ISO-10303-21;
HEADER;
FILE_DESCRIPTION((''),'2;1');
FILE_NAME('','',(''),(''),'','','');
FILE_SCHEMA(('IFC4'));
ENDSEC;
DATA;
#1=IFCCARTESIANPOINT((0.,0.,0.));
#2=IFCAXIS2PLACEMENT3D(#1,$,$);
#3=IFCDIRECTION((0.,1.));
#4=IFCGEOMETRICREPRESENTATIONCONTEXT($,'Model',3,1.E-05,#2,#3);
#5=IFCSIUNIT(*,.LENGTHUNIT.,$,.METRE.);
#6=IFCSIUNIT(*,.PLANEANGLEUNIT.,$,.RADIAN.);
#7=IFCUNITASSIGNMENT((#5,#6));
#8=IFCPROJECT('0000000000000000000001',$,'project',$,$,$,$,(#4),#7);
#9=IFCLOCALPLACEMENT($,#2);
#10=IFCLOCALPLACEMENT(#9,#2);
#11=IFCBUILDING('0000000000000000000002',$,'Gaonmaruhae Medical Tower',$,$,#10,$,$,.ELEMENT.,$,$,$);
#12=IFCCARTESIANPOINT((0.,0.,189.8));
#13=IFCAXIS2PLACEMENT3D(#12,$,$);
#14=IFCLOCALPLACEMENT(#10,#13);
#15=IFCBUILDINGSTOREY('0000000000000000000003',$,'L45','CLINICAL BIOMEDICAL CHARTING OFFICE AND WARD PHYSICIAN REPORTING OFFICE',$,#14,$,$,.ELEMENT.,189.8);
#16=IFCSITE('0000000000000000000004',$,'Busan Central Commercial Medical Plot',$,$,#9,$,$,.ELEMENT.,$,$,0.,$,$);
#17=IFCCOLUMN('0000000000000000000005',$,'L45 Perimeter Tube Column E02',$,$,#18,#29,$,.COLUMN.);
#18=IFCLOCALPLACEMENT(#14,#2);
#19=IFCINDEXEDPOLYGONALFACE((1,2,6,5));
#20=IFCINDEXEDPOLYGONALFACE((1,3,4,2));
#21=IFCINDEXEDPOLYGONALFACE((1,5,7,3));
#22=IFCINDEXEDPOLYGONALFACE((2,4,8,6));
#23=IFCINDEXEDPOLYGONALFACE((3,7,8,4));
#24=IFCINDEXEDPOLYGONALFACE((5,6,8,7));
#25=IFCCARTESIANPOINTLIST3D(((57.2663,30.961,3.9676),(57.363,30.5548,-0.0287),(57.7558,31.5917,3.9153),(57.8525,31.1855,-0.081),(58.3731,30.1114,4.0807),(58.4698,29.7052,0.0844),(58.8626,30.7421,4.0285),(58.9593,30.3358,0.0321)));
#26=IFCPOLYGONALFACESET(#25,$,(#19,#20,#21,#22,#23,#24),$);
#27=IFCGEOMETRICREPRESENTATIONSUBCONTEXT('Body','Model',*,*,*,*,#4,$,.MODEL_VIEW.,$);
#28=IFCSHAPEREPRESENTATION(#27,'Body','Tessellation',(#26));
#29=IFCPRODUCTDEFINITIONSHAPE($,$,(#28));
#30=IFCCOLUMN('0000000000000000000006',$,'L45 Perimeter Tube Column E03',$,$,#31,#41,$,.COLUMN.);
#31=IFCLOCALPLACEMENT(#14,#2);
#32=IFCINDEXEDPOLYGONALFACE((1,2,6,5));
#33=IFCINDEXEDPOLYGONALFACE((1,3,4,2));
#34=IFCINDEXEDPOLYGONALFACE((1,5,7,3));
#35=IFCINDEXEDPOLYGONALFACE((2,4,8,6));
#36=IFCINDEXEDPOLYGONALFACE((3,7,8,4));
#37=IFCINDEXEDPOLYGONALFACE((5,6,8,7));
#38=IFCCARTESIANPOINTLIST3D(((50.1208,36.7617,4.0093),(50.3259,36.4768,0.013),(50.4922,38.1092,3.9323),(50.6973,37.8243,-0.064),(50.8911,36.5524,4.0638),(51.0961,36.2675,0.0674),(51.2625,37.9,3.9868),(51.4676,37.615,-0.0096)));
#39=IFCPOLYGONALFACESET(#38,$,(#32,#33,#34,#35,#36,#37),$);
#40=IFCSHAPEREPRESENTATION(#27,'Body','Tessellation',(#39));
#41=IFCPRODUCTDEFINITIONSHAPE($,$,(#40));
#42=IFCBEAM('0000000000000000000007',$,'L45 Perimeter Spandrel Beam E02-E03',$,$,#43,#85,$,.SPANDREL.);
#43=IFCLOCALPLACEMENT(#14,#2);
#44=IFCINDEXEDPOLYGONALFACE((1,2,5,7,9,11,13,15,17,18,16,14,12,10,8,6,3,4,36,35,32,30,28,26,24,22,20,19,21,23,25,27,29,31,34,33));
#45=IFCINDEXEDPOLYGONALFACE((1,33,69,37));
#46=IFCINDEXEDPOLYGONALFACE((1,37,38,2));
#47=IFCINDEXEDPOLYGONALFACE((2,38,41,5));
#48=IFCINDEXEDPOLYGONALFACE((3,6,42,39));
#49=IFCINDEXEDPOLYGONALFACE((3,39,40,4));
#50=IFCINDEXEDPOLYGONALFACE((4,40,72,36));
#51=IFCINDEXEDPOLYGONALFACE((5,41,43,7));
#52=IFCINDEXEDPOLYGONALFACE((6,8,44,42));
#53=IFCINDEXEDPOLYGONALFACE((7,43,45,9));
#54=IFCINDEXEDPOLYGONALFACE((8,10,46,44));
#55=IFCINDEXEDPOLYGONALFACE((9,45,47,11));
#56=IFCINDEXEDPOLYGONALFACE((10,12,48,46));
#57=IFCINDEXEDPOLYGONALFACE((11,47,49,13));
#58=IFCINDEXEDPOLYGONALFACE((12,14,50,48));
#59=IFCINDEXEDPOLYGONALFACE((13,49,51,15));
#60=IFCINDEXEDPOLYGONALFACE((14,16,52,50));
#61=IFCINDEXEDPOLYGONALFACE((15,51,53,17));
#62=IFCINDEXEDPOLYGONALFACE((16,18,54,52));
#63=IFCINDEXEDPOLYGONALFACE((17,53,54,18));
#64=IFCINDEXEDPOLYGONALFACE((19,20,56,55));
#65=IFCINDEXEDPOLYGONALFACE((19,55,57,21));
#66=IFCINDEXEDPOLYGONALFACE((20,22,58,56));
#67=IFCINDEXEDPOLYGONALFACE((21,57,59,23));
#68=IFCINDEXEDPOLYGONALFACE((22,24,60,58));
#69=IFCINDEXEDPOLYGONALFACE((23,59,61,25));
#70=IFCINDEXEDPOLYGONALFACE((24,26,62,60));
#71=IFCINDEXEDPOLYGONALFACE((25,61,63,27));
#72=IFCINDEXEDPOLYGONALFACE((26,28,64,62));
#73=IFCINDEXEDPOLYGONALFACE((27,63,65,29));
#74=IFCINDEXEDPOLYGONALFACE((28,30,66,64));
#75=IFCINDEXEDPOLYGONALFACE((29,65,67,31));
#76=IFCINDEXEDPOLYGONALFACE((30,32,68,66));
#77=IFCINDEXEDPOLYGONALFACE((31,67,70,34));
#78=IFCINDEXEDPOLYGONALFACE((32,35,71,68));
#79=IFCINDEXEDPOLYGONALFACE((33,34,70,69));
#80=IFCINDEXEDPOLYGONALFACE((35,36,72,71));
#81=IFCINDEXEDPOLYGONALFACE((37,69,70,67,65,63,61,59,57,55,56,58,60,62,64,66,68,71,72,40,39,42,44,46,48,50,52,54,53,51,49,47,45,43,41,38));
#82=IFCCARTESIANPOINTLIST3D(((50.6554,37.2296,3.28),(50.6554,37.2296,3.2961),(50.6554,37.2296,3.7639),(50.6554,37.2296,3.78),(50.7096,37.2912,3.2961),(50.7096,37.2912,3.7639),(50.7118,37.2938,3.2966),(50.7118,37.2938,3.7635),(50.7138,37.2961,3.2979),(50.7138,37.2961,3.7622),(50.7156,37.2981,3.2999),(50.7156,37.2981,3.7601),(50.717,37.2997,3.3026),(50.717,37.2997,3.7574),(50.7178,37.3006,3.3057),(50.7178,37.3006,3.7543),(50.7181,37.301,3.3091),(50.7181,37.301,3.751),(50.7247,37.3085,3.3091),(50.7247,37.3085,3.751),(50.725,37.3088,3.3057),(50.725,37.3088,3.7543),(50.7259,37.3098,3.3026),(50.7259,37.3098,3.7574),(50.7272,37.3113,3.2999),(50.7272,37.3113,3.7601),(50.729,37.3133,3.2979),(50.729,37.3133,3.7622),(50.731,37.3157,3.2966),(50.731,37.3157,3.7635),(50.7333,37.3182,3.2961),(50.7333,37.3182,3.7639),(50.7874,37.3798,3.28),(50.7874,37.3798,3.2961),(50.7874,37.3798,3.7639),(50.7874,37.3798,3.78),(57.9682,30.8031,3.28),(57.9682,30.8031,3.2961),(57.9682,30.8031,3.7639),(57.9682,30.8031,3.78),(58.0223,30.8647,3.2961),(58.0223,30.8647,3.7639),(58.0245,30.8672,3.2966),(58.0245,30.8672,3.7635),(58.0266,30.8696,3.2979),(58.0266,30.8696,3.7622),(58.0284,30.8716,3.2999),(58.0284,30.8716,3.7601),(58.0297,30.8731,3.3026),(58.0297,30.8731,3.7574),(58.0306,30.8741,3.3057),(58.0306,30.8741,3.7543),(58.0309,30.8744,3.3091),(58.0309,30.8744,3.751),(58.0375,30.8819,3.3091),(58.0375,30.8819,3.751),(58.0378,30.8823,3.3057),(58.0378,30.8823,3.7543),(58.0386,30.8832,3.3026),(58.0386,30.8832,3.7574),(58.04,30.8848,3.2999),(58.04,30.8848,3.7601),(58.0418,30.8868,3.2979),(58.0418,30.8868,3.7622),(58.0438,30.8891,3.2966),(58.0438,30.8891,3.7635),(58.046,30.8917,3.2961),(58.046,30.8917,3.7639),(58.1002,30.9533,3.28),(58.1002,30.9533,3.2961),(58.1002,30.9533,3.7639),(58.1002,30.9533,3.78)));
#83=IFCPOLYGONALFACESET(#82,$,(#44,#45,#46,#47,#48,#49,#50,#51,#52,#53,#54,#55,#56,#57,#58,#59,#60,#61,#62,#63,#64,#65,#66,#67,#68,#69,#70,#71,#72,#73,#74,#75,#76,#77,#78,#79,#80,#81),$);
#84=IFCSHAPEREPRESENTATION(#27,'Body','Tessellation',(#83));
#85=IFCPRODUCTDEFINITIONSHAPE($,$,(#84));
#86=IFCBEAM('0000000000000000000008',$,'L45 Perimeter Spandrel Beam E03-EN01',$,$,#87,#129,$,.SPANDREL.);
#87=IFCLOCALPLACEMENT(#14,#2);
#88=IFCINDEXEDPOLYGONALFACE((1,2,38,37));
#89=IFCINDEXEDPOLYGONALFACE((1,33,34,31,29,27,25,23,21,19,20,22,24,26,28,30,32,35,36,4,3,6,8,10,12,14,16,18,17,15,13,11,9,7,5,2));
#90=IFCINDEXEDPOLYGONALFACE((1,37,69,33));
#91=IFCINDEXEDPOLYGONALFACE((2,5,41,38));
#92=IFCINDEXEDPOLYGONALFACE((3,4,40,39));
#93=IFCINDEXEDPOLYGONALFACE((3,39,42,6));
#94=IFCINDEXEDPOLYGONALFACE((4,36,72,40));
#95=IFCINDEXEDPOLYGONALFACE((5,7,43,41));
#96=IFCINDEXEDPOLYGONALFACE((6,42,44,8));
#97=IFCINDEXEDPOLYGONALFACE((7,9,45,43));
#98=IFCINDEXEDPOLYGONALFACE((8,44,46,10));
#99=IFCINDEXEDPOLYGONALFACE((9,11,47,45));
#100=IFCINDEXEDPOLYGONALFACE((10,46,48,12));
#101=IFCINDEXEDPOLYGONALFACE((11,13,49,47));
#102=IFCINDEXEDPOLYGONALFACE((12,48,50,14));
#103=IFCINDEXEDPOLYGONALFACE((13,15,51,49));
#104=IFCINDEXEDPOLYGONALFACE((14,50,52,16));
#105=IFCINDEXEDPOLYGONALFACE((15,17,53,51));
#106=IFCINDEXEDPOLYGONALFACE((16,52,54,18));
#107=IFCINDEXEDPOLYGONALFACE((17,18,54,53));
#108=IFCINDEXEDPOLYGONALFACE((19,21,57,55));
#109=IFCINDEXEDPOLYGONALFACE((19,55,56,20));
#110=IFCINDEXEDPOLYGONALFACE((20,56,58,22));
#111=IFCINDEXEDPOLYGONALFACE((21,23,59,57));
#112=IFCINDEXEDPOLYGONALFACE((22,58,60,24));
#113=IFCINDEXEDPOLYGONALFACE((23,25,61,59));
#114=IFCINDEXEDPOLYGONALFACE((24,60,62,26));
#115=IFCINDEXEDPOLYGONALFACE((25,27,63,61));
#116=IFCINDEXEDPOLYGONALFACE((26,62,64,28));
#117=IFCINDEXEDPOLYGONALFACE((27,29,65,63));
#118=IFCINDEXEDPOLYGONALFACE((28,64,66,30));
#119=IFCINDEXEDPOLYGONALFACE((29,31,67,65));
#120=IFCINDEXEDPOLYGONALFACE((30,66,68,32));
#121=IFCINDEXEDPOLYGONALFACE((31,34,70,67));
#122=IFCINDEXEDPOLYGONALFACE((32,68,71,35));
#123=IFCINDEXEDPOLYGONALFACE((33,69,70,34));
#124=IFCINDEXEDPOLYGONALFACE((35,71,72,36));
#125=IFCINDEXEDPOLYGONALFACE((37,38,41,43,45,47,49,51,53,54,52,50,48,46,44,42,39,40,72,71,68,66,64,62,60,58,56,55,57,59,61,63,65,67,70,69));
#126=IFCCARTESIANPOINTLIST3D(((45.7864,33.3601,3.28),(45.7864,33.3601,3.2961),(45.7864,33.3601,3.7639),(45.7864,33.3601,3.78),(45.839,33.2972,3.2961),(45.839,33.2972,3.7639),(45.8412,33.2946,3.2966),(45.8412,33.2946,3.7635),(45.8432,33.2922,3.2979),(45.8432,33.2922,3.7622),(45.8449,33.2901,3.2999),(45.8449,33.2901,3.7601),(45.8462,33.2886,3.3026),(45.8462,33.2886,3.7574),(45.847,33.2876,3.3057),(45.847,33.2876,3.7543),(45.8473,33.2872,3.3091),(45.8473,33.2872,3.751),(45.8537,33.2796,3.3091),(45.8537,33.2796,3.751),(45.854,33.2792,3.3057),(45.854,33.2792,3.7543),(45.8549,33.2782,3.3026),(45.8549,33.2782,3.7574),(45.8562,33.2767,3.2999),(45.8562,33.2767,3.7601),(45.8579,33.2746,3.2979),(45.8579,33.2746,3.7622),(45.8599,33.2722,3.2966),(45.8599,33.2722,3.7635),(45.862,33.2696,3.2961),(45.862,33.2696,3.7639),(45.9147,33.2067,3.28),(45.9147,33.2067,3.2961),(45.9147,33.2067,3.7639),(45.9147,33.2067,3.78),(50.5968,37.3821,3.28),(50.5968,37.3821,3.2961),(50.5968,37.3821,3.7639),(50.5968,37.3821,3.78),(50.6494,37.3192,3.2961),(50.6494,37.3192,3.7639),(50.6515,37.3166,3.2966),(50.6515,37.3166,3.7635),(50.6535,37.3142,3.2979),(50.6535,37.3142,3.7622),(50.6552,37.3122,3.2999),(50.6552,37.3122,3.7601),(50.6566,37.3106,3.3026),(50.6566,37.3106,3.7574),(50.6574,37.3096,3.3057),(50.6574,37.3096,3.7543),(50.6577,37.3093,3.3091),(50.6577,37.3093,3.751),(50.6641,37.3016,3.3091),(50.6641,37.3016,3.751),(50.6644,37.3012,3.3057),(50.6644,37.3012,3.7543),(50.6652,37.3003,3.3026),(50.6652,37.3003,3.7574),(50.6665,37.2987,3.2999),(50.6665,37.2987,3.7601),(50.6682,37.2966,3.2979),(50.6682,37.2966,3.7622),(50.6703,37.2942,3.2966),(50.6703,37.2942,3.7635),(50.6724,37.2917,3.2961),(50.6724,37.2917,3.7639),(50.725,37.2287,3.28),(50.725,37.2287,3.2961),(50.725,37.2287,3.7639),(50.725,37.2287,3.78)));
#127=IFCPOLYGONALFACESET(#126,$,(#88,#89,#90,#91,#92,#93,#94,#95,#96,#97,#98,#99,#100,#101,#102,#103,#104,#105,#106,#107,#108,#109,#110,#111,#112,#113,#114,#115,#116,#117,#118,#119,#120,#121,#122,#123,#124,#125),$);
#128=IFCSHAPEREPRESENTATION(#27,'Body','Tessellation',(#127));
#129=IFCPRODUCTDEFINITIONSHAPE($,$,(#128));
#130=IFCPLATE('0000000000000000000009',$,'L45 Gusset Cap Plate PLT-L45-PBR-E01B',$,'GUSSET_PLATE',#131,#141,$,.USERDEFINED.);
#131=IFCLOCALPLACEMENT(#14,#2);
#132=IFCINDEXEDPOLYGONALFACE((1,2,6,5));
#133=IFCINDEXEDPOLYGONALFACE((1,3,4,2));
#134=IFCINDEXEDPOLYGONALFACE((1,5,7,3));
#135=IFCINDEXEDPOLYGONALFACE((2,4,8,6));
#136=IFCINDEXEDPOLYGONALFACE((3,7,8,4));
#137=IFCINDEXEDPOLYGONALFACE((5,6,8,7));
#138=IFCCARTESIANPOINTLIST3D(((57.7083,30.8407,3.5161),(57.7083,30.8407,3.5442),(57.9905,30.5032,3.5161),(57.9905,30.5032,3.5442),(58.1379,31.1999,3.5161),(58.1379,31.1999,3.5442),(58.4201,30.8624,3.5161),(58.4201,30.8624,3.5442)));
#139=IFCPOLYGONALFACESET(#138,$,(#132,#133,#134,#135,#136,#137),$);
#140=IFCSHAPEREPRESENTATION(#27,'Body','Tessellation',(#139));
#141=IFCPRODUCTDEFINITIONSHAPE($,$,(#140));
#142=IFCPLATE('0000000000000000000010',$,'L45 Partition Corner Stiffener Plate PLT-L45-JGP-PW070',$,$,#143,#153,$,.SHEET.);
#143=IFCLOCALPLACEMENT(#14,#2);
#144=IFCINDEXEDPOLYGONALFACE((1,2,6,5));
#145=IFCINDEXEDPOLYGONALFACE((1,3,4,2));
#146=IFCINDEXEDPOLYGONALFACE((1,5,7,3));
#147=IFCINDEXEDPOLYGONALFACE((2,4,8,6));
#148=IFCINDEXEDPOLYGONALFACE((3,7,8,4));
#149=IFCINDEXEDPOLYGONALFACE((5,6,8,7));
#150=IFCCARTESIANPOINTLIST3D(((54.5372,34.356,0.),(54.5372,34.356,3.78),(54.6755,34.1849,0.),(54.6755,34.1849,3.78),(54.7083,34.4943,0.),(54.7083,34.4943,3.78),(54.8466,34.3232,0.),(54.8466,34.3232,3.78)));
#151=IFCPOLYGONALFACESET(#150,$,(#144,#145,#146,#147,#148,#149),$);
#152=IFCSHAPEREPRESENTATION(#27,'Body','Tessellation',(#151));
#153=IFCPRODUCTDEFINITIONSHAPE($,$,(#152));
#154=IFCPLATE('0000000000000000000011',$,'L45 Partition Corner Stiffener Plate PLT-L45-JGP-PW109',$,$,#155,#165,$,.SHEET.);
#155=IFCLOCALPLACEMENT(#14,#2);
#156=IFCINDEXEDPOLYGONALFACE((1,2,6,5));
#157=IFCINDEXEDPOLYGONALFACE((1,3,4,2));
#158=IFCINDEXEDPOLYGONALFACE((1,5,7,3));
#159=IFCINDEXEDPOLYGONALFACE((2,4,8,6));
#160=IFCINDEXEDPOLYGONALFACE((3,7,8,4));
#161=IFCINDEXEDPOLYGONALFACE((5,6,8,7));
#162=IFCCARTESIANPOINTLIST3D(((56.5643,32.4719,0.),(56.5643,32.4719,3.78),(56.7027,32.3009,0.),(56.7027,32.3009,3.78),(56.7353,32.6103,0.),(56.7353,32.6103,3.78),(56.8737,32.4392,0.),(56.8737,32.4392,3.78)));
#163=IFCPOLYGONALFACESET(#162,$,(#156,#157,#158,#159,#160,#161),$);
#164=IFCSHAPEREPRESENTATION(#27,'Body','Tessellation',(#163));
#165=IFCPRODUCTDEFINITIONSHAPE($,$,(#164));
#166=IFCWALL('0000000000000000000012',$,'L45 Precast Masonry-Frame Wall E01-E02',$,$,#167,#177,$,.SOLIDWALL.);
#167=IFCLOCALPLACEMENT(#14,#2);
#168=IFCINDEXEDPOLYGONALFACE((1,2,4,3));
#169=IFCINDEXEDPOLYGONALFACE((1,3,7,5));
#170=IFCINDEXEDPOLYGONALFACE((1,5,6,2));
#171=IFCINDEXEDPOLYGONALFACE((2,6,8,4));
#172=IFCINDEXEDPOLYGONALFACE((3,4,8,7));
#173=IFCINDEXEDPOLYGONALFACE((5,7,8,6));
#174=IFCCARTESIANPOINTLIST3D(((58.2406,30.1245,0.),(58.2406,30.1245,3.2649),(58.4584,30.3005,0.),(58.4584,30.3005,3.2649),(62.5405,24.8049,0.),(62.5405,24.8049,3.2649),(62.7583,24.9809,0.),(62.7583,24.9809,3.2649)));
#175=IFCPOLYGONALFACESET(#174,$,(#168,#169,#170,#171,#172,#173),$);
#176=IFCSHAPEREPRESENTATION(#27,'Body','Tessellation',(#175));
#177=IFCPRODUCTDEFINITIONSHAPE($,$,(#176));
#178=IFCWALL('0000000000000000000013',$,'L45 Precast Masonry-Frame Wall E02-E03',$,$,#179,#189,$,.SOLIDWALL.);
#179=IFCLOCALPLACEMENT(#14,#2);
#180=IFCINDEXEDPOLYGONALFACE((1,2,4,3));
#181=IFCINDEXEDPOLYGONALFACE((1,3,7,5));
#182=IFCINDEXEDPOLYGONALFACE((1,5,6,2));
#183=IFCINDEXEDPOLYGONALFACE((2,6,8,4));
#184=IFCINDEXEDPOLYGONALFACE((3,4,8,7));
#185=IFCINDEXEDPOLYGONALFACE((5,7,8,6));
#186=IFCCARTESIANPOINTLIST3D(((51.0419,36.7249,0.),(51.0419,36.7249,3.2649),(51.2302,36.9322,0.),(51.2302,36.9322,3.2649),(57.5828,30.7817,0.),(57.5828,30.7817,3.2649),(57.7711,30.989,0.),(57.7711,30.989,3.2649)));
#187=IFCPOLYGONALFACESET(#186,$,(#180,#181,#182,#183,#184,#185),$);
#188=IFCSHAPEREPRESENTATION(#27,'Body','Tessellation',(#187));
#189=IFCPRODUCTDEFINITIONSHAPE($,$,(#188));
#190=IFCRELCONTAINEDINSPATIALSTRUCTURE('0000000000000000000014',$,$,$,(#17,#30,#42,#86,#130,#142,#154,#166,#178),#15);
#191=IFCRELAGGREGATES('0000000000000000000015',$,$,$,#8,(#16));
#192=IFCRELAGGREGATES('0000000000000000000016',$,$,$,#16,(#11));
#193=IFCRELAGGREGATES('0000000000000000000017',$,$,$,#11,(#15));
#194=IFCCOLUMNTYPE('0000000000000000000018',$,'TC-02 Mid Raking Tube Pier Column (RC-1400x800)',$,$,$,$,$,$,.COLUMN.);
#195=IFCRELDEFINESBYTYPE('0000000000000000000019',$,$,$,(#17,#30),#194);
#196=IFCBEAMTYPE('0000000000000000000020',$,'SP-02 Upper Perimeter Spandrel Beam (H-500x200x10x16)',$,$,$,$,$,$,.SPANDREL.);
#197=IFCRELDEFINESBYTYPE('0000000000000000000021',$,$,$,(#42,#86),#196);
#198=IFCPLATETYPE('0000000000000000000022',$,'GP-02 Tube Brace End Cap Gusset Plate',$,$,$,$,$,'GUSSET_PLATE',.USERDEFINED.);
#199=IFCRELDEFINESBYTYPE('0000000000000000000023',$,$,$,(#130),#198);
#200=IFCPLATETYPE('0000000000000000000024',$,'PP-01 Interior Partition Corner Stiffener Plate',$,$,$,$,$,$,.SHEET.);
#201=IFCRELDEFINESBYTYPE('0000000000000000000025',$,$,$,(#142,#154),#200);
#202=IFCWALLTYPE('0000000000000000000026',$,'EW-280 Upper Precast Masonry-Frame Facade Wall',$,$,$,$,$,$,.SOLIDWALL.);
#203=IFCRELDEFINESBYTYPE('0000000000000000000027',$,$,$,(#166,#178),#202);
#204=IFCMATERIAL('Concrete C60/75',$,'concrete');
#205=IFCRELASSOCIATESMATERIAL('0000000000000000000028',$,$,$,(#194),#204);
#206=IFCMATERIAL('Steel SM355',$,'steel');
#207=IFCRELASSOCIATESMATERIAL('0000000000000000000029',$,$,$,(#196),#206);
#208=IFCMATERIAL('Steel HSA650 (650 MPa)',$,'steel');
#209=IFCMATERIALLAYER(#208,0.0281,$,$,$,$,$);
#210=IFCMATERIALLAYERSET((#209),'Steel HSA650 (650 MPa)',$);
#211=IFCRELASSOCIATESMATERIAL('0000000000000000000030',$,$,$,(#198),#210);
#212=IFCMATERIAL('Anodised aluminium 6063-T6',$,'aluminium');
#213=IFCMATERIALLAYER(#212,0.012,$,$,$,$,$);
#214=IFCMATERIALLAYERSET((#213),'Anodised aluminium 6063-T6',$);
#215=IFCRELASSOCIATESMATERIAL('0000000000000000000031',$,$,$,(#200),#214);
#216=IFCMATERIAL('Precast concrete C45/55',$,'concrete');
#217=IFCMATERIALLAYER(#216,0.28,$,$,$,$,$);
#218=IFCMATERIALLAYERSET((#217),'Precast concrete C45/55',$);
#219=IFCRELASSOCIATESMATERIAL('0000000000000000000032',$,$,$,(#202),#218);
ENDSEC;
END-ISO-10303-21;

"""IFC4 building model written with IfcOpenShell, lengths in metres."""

from ifc_helpers import new_model, si_unit, direction, frame, frame_2d, origin, origin_2d, place, context, subcontext, project, spatial, rectangle, i_section, extrude, material, layer, layer_set, material_profile, profile_set, type_object, element, save


model = new_model("IFC4")

# Units and contexts
model_context = context("Model", 3, precision=1e-05, world=origin(), true_north=direction((0.0, 1.0)))
body_context = subcontext(model_context, "Body", "Model", "MODEL_VIEW")
ifc_project = project(units=[si_unit("LENGTHUNIT", "METRE"), si_unit("PLANEANGLEUNIT", "RADIAN")], contexts=[model_context])

# Site, building, storey
site_placement = place(None, origin())
site = spatial("IfcSite", under=ifc_project, at=site_placement, Name="Busan Central Commercial Medical Plot", CompositionType="ELEMENT", RefElevation=0.0)
building_placement = place(site_placement, origin())
building = spatial("IfcBuilding", under=site, at=building_placement, Name="Gaonmaruhae Medical Tower", CompositionType="ELEMENT")
storey_placement = place(building_placement, frame((0.0, 0.0, 189.8)))
storey = spatial("IfcBuildingStorey", under=building, at=storey_placement, Name="L45", Description="CLINICAL BIOMEDICAL CHARTING OFFICE AND WARD PHYSICIAN REPORTING OFFICE", CompositionType="ELEMENT", Elevation=189.8)

# Columns
ifc_material_1 = material(Name="Concrete C60/75", Category="concrete")
ifc_material_profile_1 = material_profile(ifc_material_1, rectangle(XDim=1.3999, YDim=0.8, at=origin_2d()), Name="RC-1400x800")
ifc_profile_set_1 = profile_set([ifc_material_profile_1], Name="Concrete C60/75")
column_type = type_object("IfcColumnType", Name="TC-02 Mid Raking Tube Pier Column (RC-1400x800)", PredefinedType="COLUMN", material=ifc_profile_set_1)
column_1_placement = place(storey_placement, frame((58.1611, 30.4453, 0.0017), z_axis=(-0.024061, 0.101105, 0.994585), x_axis=(0.790636, -0.606929, 0.080825)))
element("IfcColumn", 1, at=column_1_placement, inside=storey, type_object=column_type, Name="L45 Perimeter Tube Column E02", PredefinedType="COLUMN", context=body_context, shape_type="SweptSolid", body=[
    extrude(rectangle(XDim=1.3999, YDim=0.8, at=origin_2d()), origin(), (0.0, 0.0, 1.0), 4.0181),
])
column_2_placement = place(storey_placement, frame((50.8967, 37.0459, 0.0017), z_axis=(-0.05112, 0.07102, 0.996164), x_axis=(-0.265347, -0.962582, 0.055009)))
element("IfcColumn", 2, at=column_2_placement, inside=storey, type_object=column_type, Name="L45 Perimeter Tube Column E03", PredefinedType="COLUMN", context=body_context, shape_type="SweptSolid", body=[
    extrude(rectangle(XDim=1.3999, YDim=0.8, at=origin_2d()), origin(), (0.0, 0.0, 1.0), 4.0117),
])

# Beams
ifc_material_2 = material(Name="Steel SM355", Category="steel")
ifc_material_profile_2 = material_profile(ifc_material_2, i_section(OverallWidth=0.2, OverallDepth=0.5, WebThickness=0.01, FlangeThickness=0.0161, FilletRadius=0.0129, at=origin_2d()), Name="H-500x200x10x16")
ifc_profile_set_2 = profile_set([ifc_material_profile_2], Name="Steel SM355")
beam_type = type_object("IfcBeamType", Name="SP-02 Upper Perimeter Spandrel Beam (H-500x200x10x16)", PredefinedType="SPANDREL", material=ifc_profile_set_2)
beam_1_placement = place(storey_placement, frame((58.0342, 30.8782, 3.53), z_axis=(-0.751157, 0.660124, 0.0), x_axis=(-0.660124, -0.751157, 0.0)))
element("IfcBeam", 3, at=beam_1_placement, inside=storey, type_object=beam_type, Name="L45 Perimeter Spandrel Beam E02-E03", PredefinedType="SPANDREL", context=body_context, shape_type="SweptSolid", body=[
    extrude(i_section(OverallWidth=0.2, OverallDepth=0.5, WebThickness=0.01, FlangeThickness=0.0161, FilletRadius=0.0129, at=origin_2d()), origin(), (0.0, 0.0, 1.0), 9.7354),
])
beam_2_placement = place(storey_placement, frame((50.6609, 37.3054, 3.53), z_axis=(-0.76717, -0.641444, 0.0), x_axis=(0.641444, -0.76717, 0.0)))
element("IfcBeam", 4, at=beam_2_placement, inside=storey, type_object=beam_type, Name="L45 Perimeter Spandrel Beam E03-EN01", PredefinedType="SPANDREL", context=body_context, shape_type="SweptSolid", body=[
    extrude(i_section(OverallWidth=0.2, OverallDepth=0.5, WebThickness=0.01, FlangeThickness=0.0161, FilletRadius=0.0129, at=origin_2d()), origin(), (0.0, 0.0, 1.0), 6.2703),
])

# Plates
ifc_material_3 = material(Name="Steel HSA650 (650 MPa)", Category="steel")
ifc_layer_1 = layer(ifc_material_3, 0.0281)
ifc_layer_set_1 = layer_set([ifc_layer_1], Name="Steel HSA650 (650 MPa)")
plate_type_1 = type_object("IfcPlateType", Name="GP-02 Tube Brace End Cap Gusset Plate", ElementType="GUSSET_PLATE", PredefinedType="USERDEFINED", material=ifc_layer_set_1)
plate_placement = place(storey_placement, frame((58.0642, 30.8516, 3.5161), z_axis=(0.0, 0.0, 1.0), x_axis=(0.767165, 0.64145, 0.0)))
element("IfcPlate", 5, at=plate_placement, inside=storey, type_object=plate_type_1, Name="L45 Gusset Cap Plate PLT-L45-PBR-E01B", ObjectType="GUSSET_PLATE", PredefinedType="USERDEFINED", context=body_context, shape_type="SweptSolid", body=[
    extrude(rectangle(XDim=0.5601, YDim=0.4399, at=origin_2d()), origin(), (0.0, 0.0, 1.0), 0.0281),
])
ifc_material_4 = material(Name="Anodised aluminium 6063-T6", Category="aluminium")
ifc_layer_2 = layer(ifc_material_4, 0.012)
ifc_layer_set_2 = layer_set([ifc_layer_2], Name="Anodised aluminium 6063-T6")
plate_type_2 = type_object("IfcPlateType", Name="PP-01 Interior Partition Corner Stiffener Plate", PredefinedType="SHEET", material=ifc_layer_set_2)
for number, where, z_axis, x_axis, name in (
    (6, (54.6919, 34.3396, 0.0), (0.0, 0.0, 1.0), (-0.77764, -0.62871, 0.0), "L45 Partition Corner Stiffener Plate PLT-L45-JGP-PW070"),
    (7, (56.719, 32.4556, 0.0), (0.0, 0.0, 1.0), (0.777388, 0.629022, 0.0), "L45 Partition Corner Stiffener Plate PLT-L45-JGP-PW109"),
):
    element("IfcPlate", number, at=place(storey_placement, frame(where, z_axis=z_axis, x_axis=x_axis)), inside=storey, type_object=plate_type_2, Name=name, PredefinedType="SHEET", context=body_context, shape_type="SweptSolid", body=[
        extrude(rectangle(XDim=0.22, YDim=0.22, at=origin_2d()), origin(), (0.0, 0.0, 1.0), 3.78),
    ])

# Walls
ifc_material_5 = material(Name="Precast concrete C45/55", Category="concrete")
ifc_layer_3 = layer(ifc_material_5, 0.28)
ifc_layer_set_3 = layer_set([ifc_layer_3], Name="Precast concrete C45/55")
wall_type_1 = type_object("IfcWallType", Name="EW-280 Upper Precast Masonry-Frame Facade Wall", PredefinedType="SOLIDWALL", material=ifc_layer_set_3)
wall_1_placement = place(storey_placement, frame((58.3496, 30.2124, 0.0), z_axis=(0.0, 0.0, 1.0), x_axis=(0.628622, -0.777711, 0.0)))
element("IfcWall", 8, at=wall_1_placement, inside=storey, type_object=wall_type_1, Name="L45 Precast Masonry-Frame Wall E01-E02", PredefinedType="SOLIDWALL", context=body_context, shape_type="SweptSolid", body=[
    extrude(rectangle(XDim=6.8401, YDim=0.28, at=frame_2d((3.4199, 0.0))), origin(), (0.0, 0.0, 1.0), 3.2649),
])
wall_2_placement = place(storey_placement, frame((51.136, 36.8286, 0.0), z_axis=(0.0, 0.0, 1.0), x_axis=(0.740111, -0.672484, 0.0)))
element("IfcWall", 9, at=wall_2_placement, inside=storey, type_object=wall_type_1, Name="L45 Precast Masonry-Frame Wall E02-E03", PredefinedType="SOLIDWALL", context=body_context, shape_type="SweptSolid", body=[
    extrude(rectangle(XDim=8.8376, YDim=0.28, at=frame_2d((4.4189, 0.0))), origin(), (0.0, 0.0, 1.0), 3.2649),
])

save(model, "model.ifc")
